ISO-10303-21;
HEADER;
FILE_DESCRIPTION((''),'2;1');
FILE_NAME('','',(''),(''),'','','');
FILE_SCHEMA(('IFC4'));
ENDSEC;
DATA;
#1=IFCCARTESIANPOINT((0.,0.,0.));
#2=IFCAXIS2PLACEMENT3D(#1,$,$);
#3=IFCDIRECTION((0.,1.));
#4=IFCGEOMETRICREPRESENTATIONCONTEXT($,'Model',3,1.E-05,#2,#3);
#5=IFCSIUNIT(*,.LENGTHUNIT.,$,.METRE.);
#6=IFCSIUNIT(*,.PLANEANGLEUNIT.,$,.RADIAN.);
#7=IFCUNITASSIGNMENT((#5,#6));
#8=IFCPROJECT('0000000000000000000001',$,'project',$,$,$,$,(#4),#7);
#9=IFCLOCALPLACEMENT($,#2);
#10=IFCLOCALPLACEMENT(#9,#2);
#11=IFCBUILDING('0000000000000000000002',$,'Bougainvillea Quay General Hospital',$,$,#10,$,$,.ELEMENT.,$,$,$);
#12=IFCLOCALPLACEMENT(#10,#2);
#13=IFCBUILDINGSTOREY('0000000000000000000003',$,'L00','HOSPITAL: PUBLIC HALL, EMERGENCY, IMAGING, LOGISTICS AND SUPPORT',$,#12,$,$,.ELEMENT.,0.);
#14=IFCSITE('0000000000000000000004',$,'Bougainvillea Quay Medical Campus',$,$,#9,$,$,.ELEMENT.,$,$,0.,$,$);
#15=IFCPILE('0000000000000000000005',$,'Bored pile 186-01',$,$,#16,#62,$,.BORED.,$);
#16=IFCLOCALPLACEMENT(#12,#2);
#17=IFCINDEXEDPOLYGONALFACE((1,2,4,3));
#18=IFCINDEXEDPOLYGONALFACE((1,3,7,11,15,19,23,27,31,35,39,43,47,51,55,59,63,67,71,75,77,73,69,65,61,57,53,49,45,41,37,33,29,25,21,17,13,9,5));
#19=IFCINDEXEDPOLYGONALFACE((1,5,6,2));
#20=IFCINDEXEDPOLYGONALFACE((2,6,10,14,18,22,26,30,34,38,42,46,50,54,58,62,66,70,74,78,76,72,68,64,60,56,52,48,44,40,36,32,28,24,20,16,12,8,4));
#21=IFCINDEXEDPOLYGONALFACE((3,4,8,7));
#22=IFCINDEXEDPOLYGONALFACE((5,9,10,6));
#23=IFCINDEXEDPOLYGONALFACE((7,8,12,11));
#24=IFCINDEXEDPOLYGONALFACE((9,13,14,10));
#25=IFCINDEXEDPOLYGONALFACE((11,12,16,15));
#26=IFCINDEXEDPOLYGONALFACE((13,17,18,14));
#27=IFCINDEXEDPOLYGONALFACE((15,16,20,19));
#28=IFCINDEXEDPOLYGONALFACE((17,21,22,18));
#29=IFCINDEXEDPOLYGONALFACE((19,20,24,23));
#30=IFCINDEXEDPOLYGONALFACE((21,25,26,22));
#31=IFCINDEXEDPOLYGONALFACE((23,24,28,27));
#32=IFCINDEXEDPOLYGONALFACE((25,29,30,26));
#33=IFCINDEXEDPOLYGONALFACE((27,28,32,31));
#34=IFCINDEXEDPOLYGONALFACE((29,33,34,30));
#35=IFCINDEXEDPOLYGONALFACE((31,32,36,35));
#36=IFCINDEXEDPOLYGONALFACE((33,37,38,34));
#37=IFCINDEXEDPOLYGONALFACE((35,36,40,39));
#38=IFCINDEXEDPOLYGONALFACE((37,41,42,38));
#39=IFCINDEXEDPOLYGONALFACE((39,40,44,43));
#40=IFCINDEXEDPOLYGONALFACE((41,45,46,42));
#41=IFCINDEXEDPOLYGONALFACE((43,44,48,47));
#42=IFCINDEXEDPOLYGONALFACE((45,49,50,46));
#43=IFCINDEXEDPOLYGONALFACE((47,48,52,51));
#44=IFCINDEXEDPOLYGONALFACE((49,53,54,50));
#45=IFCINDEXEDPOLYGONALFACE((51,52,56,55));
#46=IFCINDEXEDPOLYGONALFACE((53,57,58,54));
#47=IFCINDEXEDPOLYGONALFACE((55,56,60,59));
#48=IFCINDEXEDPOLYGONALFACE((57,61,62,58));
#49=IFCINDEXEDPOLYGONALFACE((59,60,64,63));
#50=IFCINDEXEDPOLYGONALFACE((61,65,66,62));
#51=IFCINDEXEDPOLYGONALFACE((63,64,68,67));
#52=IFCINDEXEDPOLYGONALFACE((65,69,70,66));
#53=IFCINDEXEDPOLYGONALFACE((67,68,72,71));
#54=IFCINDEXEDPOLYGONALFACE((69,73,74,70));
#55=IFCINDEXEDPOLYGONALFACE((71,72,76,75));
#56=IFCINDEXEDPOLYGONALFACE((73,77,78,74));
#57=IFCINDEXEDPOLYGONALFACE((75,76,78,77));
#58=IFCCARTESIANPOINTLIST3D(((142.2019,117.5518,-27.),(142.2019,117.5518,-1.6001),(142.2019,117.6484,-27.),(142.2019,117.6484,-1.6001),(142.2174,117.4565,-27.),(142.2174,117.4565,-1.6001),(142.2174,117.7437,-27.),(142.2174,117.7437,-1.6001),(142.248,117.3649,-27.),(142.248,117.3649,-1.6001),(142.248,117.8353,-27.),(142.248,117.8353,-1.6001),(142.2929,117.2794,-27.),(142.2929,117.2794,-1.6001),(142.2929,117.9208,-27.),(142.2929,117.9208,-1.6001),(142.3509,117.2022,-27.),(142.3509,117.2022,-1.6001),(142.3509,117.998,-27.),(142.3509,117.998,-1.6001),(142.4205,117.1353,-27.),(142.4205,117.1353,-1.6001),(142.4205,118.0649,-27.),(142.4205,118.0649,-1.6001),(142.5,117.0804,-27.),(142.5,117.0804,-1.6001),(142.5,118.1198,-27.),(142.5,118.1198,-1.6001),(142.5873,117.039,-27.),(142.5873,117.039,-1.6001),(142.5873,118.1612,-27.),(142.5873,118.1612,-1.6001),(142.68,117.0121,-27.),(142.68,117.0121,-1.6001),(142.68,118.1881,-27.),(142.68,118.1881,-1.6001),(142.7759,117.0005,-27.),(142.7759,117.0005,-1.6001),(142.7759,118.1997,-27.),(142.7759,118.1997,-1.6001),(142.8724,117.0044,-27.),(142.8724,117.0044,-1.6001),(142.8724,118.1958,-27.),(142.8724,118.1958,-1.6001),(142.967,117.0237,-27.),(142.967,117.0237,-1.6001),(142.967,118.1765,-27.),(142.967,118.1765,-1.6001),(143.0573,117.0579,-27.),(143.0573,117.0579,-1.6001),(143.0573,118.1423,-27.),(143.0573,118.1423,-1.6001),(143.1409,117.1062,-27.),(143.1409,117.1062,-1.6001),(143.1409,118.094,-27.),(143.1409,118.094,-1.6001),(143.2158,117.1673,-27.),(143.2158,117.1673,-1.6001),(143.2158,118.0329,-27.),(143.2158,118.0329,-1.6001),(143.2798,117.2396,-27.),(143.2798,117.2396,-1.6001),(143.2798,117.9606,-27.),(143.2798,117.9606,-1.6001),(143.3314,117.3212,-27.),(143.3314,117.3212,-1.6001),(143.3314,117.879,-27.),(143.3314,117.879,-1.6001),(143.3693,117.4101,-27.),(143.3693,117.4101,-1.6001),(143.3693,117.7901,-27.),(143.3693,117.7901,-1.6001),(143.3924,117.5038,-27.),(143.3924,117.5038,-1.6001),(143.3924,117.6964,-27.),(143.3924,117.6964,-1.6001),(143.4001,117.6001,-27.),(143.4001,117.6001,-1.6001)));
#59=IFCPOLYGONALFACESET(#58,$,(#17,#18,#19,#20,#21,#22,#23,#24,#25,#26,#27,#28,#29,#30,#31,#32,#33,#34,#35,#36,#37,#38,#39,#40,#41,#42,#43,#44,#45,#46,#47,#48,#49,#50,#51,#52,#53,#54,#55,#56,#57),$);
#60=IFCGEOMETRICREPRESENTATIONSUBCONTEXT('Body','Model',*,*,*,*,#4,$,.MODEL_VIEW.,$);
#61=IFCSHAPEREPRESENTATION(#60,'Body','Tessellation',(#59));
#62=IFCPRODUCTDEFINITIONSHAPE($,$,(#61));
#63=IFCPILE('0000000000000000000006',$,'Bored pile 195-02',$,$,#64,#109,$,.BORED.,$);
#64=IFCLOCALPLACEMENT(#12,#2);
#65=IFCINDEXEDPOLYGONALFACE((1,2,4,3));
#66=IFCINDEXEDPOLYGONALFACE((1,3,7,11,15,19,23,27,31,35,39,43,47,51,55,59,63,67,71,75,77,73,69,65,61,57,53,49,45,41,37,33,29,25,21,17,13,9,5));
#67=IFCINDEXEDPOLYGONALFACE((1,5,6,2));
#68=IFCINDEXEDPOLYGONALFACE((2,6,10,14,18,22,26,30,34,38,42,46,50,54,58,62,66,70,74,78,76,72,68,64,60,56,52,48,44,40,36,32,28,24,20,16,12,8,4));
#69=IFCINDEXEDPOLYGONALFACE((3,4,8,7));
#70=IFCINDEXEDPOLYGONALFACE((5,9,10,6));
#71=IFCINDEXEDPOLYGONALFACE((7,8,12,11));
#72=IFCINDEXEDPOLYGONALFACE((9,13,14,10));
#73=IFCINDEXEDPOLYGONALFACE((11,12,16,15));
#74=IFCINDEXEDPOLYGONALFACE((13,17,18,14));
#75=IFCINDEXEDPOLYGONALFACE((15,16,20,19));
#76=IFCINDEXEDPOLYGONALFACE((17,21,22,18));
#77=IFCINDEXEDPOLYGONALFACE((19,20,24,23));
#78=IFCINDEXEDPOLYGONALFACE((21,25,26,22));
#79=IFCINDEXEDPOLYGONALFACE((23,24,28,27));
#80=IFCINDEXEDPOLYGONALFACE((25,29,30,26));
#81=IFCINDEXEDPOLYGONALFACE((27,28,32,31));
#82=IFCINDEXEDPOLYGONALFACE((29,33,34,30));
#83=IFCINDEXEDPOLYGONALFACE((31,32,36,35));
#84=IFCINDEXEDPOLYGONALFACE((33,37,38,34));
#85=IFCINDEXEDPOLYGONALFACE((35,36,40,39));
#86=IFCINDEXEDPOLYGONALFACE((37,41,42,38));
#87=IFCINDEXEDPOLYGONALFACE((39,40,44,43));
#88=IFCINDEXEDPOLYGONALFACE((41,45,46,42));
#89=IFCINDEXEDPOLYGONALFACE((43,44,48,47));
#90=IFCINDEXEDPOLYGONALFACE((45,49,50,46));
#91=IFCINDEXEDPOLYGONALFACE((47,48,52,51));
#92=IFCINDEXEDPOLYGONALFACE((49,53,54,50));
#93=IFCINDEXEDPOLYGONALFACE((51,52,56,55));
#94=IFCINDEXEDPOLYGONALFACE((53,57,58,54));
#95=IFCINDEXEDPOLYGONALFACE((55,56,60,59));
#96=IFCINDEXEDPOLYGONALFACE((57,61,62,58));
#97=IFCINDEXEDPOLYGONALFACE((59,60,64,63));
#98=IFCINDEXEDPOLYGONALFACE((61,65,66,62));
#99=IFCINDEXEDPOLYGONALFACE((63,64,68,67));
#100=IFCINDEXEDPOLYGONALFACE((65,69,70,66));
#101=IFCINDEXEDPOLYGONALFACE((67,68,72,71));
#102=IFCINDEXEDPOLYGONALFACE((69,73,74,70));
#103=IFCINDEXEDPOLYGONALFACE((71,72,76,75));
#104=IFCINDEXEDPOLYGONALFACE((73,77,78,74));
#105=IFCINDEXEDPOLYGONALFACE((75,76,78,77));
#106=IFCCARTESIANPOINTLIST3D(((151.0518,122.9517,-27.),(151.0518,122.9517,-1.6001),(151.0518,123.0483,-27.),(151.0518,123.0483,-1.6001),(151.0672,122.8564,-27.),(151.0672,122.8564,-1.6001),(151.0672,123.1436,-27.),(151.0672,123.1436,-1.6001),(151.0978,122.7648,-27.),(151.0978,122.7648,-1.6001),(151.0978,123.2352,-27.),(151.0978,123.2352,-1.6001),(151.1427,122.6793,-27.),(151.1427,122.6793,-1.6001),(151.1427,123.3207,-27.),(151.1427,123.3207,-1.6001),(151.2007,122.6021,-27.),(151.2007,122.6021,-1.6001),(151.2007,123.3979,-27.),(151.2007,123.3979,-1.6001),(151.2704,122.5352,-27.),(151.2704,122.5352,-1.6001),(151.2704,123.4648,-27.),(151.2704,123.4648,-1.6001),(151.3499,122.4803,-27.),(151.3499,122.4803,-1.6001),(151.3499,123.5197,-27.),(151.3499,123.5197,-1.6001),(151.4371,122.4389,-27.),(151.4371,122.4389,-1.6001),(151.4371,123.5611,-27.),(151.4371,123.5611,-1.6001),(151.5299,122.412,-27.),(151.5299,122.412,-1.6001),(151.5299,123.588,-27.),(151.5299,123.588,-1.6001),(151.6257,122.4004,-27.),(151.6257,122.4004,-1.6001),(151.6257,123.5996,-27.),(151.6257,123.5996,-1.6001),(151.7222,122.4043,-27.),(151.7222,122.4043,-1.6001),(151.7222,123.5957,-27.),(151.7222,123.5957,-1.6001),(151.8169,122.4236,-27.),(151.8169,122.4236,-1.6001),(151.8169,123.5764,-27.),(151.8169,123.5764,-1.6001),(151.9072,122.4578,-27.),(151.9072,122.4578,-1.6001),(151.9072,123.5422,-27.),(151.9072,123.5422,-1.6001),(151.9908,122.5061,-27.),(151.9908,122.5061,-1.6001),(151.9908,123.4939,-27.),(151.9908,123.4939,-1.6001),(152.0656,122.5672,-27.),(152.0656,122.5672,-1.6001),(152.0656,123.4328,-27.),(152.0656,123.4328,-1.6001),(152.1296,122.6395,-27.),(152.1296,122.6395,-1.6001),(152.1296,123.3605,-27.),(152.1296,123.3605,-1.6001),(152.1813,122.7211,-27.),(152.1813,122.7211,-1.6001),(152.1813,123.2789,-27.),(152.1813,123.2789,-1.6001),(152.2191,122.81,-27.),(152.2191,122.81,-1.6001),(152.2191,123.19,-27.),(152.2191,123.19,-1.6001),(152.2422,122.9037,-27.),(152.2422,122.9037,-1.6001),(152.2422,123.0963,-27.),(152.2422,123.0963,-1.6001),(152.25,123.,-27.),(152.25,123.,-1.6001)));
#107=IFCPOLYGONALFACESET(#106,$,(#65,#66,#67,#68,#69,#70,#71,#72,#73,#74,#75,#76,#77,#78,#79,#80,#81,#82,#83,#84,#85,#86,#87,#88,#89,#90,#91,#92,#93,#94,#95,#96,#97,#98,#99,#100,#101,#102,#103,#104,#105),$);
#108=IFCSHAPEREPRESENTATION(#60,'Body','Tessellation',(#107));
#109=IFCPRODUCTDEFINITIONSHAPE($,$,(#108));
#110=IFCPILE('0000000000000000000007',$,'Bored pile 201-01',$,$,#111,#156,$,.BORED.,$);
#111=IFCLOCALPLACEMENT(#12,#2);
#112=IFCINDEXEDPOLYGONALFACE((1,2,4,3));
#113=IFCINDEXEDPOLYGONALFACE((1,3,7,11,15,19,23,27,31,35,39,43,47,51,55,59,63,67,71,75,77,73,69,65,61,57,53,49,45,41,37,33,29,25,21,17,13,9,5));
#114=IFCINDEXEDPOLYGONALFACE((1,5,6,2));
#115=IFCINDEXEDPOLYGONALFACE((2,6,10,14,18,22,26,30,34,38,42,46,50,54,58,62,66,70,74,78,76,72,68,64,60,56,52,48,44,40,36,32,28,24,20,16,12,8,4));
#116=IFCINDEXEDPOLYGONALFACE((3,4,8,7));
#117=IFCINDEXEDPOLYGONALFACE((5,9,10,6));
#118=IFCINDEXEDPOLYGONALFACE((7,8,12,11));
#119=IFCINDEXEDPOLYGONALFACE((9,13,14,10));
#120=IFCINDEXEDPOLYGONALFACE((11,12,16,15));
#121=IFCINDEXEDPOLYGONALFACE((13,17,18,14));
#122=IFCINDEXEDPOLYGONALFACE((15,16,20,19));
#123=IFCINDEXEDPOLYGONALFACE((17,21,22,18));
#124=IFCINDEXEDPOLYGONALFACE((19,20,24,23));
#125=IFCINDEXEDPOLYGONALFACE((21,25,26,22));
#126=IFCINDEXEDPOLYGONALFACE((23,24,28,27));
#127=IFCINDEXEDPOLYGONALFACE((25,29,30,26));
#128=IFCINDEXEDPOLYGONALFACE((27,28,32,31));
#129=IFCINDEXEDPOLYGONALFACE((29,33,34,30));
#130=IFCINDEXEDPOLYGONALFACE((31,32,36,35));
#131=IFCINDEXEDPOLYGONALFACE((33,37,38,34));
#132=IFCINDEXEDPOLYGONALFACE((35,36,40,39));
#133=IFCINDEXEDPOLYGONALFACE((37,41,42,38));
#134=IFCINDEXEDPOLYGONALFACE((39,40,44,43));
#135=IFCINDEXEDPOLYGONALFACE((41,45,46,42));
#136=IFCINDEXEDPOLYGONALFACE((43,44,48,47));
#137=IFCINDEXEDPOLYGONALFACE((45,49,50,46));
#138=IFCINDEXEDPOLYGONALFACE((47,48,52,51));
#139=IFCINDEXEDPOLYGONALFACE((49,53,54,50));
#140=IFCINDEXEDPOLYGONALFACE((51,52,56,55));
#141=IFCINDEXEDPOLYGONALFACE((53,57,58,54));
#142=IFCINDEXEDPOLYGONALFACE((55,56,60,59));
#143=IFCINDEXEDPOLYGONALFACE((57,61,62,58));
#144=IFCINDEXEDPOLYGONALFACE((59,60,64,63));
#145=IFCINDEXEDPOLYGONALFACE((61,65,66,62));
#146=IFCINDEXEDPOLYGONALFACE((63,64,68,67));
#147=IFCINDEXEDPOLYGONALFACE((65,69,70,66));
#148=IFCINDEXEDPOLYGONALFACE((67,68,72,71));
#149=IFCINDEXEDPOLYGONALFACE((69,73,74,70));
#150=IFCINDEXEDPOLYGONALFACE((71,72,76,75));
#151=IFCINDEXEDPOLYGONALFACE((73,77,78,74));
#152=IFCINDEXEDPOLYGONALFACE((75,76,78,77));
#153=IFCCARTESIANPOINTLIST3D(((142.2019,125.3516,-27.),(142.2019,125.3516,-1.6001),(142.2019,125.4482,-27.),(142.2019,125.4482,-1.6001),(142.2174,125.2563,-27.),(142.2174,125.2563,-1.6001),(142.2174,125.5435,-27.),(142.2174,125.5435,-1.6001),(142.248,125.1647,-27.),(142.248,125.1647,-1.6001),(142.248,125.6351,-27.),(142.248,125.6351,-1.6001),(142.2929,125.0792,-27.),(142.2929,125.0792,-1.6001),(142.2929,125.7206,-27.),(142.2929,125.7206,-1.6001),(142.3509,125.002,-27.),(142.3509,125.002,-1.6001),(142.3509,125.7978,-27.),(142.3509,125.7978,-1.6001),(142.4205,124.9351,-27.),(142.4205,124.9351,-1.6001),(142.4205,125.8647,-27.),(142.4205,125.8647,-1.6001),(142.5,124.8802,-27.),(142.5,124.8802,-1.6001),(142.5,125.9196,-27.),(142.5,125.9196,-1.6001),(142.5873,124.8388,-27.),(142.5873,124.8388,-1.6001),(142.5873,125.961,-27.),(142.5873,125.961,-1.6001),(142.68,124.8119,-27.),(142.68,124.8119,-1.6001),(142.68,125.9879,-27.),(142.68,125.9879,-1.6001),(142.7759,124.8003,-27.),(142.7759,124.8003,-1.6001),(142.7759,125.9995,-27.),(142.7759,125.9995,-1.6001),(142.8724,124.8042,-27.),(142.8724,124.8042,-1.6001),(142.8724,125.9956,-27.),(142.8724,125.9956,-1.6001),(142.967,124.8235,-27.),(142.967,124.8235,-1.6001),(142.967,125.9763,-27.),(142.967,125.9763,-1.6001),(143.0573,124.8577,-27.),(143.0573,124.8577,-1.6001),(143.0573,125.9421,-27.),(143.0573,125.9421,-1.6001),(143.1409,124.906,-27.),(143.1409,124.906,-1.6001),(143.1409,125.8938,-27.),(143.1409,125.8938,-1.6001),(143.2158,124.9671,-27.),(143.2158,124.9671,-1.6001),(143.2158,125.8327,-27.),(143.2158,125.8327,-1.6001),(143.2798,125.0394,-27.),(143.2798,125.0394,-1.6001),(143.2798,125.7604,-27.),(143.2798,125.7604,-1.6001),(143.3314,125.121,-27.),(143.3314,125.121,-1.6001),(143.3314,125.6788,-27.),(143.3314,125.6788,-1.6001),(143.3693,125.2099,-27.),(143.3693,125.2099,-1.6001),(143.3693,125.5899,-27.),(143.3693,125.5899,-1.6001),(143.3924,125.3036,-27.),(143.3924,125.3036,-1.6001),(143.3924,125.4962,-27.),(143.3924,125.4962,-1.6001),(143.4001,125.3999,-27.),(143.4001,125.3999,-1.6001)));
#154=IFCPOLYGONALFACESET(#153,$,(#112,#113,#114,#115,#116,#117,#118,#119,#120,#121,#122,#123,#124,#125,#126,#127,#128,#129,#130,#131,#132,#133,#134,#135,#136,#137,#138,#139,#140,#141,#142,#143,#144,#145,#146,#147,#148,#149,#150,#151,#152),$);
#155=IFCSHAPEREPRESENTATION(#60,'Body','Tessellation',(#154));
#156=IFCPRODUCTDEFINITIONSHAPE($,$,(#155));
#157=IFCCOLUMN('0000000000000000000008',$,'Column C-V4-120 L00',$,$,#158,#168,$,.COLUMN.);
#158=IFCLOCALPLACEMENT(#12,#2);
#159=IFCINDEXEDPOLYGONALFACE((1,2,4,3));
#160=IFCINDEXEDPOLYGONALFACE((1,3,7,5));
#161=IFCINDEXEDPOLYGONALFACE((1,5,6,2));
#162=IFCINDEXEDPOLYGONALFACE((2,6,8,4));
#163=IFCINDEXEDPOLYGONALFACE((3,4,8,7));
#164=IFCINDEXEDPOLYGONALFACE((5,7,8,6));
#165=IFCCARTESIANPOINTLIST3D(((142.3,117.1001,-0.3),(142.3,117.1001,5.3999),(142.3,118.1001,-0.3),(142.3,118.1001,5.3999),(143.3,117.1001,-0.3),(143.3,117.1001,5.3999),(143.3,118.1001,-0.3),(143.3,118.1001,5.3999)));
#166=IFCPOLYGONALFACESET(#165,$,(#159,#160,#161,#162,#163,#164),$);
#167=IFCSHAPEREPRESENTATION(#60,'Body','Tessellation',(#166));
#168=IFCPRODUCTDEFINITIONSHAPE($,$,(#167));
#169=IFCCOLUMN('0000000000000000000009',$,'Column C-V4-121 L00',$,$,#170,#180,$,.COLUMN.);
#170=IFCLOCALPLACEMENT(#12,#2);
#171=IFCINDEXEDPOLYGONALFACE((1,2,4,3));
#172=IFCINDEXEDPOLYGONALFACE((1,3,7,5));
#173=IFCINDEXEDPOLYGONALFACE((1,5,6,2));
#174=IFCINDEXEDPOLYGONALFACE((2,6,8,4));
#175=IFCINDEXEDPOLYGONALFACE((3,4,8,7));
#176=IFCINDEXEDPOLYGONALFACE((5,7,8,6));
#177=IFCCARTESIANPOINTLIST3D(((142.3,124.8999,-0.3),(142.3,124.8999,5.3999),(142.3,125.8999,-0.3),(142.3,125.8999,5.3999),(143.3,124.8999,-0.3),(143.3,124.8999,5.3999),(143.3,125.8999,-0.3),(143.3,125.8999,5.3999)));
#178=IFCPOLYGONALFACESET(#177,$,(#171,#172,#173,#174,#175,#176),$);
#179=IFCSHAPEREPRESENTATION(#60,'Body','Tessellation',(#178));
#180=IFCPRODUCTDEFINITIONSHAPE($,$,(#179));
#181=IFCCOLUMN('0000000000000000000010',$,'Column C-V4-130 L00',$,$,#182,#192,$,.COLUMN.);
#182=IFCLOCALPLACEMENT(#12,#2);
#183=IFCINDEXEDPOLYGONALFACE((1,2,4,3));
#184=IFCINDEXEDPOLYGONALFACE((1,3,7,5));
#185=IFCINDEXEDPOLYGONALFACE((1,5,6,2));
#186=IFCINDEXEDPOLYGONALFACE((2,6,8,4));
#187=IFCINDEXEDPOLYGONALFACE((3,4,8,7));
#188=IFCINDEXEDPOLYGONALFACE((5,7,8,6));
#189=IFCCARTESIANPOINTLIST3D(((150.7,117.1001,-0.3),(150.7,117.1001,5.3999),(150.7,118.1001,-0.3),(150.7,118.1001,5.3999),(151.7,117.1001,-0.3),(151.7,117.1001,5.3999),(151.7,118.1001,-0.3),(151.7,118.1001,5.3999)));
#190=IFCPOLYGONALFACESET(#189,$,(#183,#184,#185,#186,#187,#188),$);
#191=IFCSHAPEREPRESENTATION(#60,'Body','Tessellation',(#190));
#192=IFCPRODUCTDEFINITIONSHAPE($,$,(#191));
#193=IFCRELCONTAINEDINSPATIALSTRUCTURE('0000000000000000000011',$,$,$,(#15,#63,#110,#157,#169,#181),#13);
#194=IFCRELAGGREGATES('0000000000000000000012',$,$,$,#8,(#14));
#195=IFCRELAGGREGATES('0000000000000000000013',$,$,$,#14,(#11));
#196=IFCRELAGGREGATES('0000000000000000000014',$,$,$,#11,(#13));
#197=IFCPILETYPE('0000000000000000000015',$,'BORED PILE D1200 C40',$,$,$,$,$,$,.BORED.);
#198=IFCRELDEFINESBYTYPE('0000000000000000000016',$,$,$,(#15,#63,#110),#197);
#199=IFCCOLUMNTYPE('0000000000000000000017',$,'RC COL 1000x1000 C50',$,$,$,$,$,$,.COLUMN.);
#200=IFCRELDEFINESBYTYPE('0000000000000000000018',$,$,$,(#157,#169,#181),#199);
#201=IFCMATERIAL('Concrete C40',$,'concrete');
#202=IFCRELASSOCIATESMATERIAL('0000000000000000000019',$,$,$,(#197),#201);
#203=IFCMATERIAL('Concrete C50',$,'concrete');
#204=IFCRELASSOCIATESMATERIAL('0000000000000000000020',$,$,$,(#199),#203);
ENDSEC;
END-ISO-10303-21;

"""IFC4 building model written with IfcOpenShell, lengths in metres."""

from ifc_helpers import new_model, si_unit, direction, frame, origin, origin_2d, place, context, subcontext, project, spatial, rectangle, circle, extrude, material, material_profile, profile_set, type_object, element, save


model = new_model("IFC4")

# Units and contexts
model_context = context("Model", 3, precision=1e-05, world=origin(), true_north=direction((0.0, 1.0)))
body_context = subcontext(model_context, "Body", "Model", "MODEL_VIEW")
ifc_project = project(units=[si_unit("LENGTHUNIT", "METRE"), si_unit("PLANEANGLEUNIT", "RADIAN")], contexts=[model_context])

# Site, building, storey
site_placement = place(None, origin())
site = spatial("IfcSite", under=ifc_project, at=site_placement, Name="Bougainvillea Quay Medical Campus", CompositionType="ELEMENT", RefElevation=0.0)
building_placement = place(site_placement, origin())
building = spatial("IfcBuilding", under=site, at=building_placement, Name="Bougainvillea Quay General Hospital", CompositionType="ELEMENT")
storey_placement = place(building_placement, origin())
storey = spatial("IfcBuildingStorey", under=building, at=storey_placement, Name="L00", Description="HOSPITAL: PUBLIC HALL, EMERGENCY, IMAGING, LOGISTICS AND SUPPORT", CompositionType="ELEMENT", Elevation=0.0)

# Piles
ifc_material_1 = material(Name="Concrete C40", Category="concrete")
ifc_material_profile_1 = material_profile(ifc_material_1, circle(Radius=0.6001, at=origin_2d()))
ifc_profile_set_1 = profile_set([ifc_material_profile_1], Name="Concrete C40")
pile_type = type_object("IfcPileType", Name="BORED PILE D1200 C40", PredefinedType="BORED", material=ifc_profile_set_1)
for number, where, z_axis, x_axis, name in (
    (1, (142.8, 117.6001, -1.6001), (0.0, 0.0, -1.0), (1.0, 0.0, 0.0), "Bored pile 186-01"),
    (2, (151.6499, 123.0, -1.6001), (0.0, 0.0, -1.0), (1.0, 0.0, 0.0), "Bored pile 195-02"),
    (3, (142.8, 125.3999, -1.6001), (0.0, 0.0, -1.0), (1.0, 0.0, 0.0), "Bored pile 201-01"),
):
    element("IfcPile", number, at=place(storey_placement, frame(where, z_axis=z_axis, x_axis=x_axis)), inside=storey, type_object=pile_type, Name=name, PredefinedType="BORED", context=body_context, shape_type="SweptSolid", body=[
        extrude(circle(Radius=0.6001, at=origin_2d()), origin(), (0.0, 0.0, 1.0), 25.3999),
    ])

# Columns
ifc_material_2 = material(Name="Concrete C50", Category="concrete")
ifc_material_profile_2 = material_profile(ifc_material_2, rectangle(XDim=1.0, YDim=1.0, at=origin_2d()))
ifc_profile_set_2 = profile_set([ifc_material_profile_2], Name="Concrete C50")
column_type = type_object("IfcColumnType", Name="RC COL 1000x1000 C50", PredefinedType="COLUMN", material=ifc_profile_set_2)
for number, where, z_axis, x_axis, name in (
    (4, (142.8, 117.6001, -0.3), (0.0, 0.0, 1.0), (1.0, 0.0, 0.0), "Column C-V4-120 L00"),
    (5, (142.8, 125.3999, -0.3), (0.0, 0.0, 1.0), (1.0, 0.0, 0.0), "Column C-V4-121 L00"),
    (6, (151.2, 117.6001, -0.3), (0.0, 0.0, 1.0), (1.0, 0.0, 0.0), "Column C-V4-130 L00"),
):
    element("IfcColumn", number, at=place(storey_placement, frame(where, z_axis=z_axis, x_axis=x_axis)), inside=storey, type_object=column_type, Name=name, PredefinedType="COLUMN", context=body_context, shape_type="SweptSolid", body=[
        extrude(rectangle(XDim=1.0, YDim=1.0, at=origin_2d()), origin(), (0.0, 0.0, 1.0), 5.7),
    ])

save(model, "model.ifc")
